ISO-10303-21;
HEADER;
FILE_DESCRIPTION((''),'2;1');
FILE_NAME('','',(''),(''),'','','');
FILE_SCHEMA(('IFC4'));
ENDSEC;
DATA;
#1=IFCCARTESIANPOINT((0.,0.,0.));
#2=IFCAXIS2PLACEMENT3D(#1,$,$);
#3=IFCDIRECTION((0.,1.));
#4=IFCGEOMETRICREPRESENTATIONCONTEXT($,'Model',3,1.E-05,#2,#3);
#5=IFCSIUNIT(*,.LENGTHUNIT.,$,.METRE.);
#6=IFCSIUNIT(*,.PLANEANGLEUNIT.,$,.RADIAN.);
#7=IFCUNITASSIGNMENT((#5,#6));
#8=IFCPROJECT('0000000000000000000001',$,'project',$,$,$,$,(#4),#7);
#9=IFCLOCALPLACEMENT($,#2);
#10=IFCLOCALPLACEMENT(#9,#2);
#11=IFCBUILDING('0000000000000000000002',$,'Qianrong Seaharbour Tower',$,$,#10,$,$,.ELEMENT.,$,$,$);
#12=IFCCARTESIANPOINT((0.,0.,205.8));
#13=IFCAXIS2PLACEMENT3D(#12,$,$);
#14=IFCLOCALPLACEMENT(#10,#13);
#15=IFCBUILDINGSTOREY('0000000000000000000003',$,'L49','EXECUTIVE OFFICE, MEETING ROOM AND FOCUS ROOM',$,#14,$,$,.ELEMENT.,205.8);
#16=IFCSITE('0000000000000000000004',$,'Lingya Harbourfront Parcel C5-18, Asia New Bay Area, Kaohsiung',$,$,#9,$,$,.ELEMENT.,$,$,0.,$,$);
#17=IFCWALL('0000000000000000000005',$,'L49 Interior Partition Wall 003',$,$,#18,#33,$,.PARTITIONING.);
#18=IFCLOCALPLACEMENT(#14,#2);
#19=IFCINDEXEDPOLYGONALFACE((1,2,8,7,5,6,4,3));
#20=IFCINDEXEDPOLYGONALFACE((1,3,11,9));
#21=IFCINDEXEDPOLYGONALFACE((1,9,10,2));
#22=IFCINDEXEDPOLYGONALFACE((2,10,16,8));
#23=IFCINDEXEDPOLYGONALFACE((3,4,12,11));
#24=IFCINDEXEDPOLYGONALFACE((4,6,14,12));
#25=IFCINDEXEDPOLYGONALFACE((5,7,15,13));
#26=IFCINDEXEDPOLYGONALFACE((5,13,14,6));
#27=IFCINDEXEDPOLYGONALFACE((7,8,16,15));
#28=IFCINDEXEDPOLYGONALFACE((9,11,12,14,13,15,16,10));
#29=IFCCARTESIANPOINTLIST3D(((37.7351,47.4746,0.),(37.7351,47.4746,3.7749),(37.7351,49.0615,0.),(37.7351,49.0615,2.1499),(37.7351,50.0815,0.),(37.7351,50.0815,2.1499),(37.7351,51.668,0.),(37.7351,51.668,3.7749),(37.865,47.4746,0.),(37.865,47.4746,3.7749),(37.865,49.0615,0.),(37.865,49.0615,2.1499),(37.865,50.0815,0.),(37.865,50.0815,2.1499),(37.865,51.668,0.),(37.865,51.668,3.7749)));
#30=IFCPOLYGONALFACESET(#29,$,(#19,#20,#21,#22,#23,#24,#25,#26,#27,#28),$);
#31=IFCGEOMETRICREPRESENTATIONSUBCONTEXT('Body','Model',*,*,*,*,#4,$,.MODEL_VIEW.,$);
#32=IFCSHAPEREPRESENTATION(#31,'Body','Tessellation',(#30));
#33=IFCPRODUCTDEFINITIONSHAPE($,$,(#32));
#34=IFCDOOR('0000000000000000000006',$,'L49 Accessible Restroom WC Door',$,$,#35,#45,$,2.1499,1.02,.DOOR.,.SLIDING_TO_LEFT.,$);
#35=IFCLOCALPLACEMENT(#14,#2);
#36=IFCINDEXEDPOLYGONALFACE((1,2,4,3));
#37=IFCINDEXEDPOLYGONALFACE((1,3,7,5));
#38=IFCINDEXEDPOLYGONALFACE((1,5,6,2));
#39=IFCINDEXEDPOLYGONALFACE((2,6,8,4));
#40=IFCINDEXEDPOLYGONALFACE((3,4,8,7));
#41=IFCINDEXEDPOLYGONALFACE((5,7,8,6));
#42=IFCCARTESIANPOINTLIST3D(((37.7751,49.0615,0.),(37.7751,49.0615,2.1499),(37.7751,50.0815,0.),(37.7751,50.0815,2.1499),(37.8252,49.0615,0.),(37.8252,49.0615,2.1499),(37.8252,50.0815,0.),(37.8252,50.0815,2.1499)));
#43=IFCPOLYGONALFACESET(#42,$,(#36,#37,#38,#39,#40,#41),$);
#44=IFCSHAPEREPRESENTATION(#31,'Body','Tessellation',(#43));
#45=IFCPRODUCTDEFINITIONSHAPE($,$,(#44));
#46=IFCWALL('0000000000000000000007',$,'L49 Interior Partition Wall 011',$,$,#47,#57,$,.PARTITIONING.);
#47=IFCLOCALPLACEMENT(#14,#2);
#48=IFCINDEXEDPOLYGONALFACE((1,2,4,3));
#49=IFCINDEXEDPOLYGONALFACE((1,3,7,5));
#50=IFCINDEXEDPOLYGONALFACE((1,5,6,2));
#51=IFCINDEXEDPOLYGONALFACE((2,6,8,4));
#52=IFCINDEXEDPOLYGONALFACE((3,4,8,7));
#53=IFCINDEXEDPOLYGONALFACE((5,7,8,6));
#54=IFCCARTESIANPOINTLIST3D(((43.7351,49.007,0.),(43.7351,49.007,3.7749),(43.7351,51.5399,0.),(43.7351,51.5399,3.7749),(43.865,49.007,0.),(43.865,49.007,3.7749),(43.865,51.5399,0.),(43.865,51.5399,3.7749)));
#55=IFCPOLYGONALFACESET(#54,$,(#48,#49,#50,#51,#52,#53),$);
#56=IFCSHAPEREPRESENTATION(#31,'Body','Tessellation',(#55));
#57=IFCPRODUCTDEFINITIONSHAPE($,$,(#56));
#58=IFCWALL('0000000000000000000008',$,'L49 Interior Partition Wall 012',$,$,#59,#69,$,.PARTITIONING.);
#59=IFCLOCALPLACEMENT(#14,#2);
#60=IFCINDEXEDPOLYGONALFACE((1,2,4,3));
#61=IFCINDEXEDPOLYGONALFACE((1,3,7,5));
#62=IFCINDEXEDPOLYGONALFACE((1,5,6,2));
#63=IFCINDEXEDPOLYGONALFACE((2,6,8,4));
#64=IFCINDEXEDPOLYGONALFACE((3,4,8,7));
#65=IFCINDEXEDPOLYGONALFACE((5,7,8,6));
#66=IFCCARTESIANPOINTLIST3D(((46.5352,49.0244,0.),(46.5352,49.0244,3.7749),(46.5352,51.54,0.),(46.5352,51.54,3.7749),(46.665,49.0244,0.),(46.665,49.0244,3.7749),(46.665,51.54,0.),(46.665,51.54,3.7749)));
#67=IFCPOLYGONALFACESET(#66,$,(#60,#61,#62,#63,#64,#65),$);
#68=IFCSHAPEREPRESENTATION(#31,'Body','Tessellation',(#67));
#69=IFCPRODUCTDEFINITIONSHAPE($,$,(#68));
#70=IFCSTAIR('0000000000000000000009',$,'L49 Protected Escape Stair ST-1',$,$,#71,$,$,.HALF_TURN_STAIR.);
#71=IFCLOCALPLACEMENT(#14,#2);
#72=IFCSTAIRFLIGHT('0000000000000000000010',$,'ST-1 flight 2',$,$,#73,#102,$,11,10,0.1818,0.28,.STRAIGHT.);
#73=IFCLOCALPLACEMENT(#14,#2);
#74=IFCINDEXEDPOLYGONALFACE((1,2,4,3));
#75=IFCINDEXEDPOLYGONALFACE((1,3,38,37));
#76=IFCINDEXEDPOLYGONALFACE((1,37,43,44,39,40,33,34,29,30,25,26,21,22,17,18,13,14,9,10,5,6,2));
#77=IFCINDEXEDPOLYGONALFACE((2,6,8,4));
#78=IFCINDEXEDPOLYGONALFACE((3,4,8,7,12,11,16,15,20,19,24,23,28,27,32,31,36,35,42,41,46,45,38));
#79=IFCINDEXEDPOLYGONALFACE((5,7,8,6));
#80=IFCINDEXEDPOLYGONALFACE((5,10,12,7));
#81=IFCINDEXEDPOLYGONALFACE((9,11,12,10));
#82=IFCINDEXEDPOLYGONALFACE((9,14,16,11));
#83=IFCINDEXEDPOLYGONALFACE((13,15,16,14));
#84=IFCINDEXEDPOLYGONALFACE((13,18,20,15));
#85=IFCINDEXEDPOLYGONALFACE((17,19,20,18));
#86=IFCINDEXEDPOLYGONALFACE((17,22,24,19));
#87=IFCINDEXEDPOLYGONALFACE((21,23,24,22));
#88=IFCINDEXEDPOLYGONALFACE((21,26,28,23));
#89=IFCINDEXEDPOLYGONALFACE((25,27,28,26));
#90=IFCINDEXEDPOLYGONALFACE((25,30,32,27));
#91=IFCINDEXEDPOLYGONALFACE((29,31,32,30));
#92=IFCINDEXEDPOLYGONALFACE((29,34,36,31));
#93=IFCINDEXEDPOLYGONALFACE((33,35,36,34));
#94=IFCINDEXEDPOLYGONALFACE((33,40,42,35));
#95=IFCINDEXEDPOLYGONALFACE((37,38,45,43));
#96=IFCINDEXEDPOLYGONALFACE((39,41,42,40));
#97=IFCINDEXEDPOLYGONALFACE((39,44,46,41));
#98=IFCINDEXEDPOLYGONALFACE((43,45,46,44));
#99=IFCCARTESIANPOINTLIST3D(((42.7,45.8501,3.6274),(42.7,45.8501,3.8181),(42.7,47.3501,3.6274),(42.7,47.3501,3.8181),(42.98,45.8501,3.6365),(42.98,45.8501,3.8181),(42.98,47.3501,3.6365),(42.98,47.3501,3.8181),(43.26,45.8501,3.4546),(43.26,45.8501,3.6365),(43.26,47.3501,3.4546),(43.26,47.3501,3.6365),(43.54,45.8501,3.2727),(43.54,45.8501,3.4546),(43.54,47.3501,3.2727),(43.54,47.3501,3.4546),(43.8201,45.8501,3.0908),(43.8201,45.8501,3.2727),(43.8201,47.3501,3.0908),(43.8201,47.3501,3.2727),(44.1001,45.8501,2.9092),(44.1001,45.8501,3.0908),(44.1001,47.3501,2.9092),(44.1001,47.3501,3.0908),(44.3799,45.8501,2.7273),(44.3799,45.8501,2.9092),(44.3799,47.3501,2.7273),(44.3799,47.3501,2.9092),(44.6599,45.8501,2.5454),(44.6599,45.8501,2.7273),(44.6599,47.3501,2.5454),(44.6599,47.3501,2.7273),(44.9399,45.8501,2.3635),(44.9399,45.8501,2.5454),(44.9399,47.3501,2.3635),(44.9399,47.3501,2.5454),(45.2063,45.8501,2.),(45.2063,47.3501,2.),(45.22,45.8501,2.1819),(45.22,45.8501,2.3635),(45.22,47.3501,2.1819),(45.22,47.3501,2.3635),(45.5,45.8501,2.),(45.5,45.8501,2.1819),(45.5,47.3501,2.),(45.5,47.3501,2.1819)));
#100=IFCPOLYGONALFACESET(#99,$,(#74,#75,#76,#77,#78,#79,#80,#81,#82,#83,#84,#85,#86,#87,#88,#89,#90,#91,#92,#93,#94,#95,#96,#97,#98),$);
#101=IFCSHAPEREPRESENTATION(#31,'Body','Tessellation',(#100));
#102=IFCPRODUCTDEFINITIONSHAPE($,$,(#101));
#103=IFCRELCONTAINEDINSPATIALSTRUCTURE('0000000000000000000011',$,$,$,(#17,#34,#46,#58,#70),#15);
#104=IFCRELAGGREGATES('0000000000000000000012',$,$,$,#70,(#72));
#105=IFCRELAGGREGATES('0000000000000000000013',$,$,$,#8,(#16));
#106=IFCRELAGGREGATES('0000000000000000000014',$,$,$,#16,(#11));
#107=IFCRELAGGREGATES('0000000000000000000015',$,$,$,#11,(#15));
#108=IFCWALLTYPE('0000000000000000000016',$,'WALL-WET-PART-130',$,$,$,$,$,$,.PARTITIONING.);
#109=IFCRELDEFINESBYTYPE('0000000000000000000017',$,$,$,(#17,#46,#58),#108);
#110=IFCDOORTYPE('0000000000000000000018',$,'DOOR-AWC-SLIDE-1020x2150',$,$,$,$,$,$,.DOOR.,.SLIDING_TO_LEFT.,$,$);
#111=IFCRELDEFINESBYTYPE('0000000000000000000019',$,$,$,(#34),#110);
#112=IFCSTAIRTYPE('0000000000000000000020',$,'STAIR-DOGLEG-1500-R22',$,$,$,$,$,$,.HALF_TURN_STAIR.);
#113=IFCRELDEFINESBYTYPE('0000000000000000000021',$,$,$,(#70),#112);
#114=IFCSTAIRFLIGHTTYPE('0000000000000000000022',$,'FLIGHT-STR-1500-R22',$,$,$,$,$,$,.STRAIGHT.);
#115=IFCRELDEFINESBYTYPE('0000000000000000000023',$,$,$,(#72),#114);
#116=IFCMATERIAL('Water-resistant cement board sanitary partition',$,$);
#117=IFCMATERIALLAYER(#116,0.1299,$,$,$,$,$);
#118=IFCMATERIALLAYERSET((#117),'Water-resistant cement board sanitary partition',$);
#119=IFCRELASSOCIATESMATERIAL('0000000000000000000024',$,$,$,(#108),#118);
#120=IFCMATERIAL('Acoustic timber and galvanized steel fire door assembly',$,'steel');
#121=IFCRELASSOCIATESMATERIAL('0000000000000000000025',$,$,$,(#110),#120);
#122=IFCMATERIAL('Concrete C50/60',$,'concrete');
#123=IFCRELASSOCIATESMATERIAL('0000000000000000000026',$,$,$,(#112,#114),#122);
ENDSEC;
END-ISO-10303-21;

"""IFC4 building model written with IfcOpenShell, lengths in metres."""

from ifc_helpers import new_model, si_unit, direction, frame, frame_2d, origin, place, context, subcontext, project, spatial, polyline, rectangle, outline, extrude, material, layer, layer_set, type_object, element, fill, aggregate, save


model = new_model("IFC4")

# Units and contexts
model_context = context("Model", 3, precision=1e-05, world=origin(), true_north=direction((0.0, 1.0)))
body_context = subcontext(model_context, "Body", "Model", "MODEL_VIEW")
ifc_project = project(units=[si_unit("LENGTHUNIT", "METRE"), si_unit("PLANEANGLEUNIT", "RADIAN")], contexts=[model_context])

# Site, building, storey
site_placement = place(None, origin())
site = spatial("IfcSite", under=ifc_project, at=site_placement, Name="Lingya Harbourfront Parcel C5-18, Asia New Bay Area, Kaohsiung", CompositionType="ELEMENT", RefElevation=0.0)
building_placement = place(site_placement, origin())
building = spatial("IfcBuilding", under=site, at=building_placement, Name="Qianrong Seaharbour Tower", CompositionType="ELEMENT")
storey_placement = place(building_placement, frame((0.0, 0.0, 205.8)))
storey = spatial("IfcBuildingStorey", under=building, at=storey_placement, Name="L49", Description="EXECUTIVE OFFICE, MEETING ROOM AND FOCUS ROOM", CompositionType="ELEMENT", Elevation=205.8)

# Shared definitions
ifc_material_1 = material(Name="Acoustic timber and galvanized steel fire door assembly", Category="steel")

# Shared definitions
ifc_material_2 = material(Name="Concrete C50/60", Category="concrete")

# Wall, opening, door
ifc_material_3 = material(Name="Water-resistant cement board sanitary partition")
ifc_layer_1 = layer(ifc_material_3, 0.1299)
ifc_layer_set_1 = layer_set([ifc_layer_1], Name="Water-resistant cement board sanitary partition")
wall_type_1 = type_object("IfcWallType", Name="WALL-WET-PART-130", PredefinedType="PARTITIONING", material=ifc_layer_set_1)
wall_1_placement = place(storey_placement, frame((37.8, 47.4746, 0.0), z_axis=(0.0, 0.0, 1.0), x_axis=(0.0, 1.0, 0.0)))
wall_1 = element("IfcWall", 1, at=wall_1_placement, inside=storey, type_object=wall_type_1, Name="L49 Interior Partition Wall 003", PredefinedType="PARTITIONING", context=body_context, shape_type="SweptSolid", body=[
    extrude(rectangle(XDim=4.1934, YDim=0.1299, at=frame_2d((2.0967, 0.0))), origin(), (0.0, 0.0, 1.0), 3.7749),
])
opening_1_placement = place(wall_1_placement, frame((1.5869, 0.0, 0.0)))
opening_1 = element("IfcOpeningElement", 2, at=opening_1_placement, cuts=wall_1, PredefinedType="OPENING", context=body_context, shape_type="SweptSolid", body=[
    extrude(rectangle(XDim=1.02, YDim=2.1499, at=frame_2d((0.51, 1.075))), frame((0.0, 0.075, 0.0), z_axis=(0.0, -1.0, 0.0), x_axis=(1.0, 0.0, 0.0)), (0.0, 0.0, 1.0), 0.1499),
])
door_type_1 = type_object("IfcDoorType", Name="DOOR-AWC-SLIDE-1020x2150", OperationType="SLIDING_TO_LEFT", PredefinedType="DOOR", material=ifc_material_1)
door_1_placement = place(opening_1_placement, origin())
door_1 = element("IfcDoor", 3, at=door_1_placement, inside=storey, type_object=door_type_1, Name="L49 Accessible Restroom WC Door", OperationType="SLIDING_TO_LEFT", OverallHeight=2.1499, OverallWidth=1.02, PredefinedType="DOOR", context=body_context, shape_type="SweptSolid", body=[
    extrude(rectangle(XDim=1.02, YDim=2.1499, at=frame_2d((0.51, 1.075))), frame((0.0, 0.0249, 0.0), z_axis=(0.0, -1.0, 0.0), x_axis=(1.0, 0.0, 0.0)), (0.0, 0.0, 1.0), 0.05),
])
fill(opening_1, door_1)

# Walls
wall_2_placement = place(storey_placement, frame((43.8, 51.54, 0.0), z_axis=(0.0, 0.0, 1.0), x_axis=(0.0, -1.0, 0.0)))
element("IfcWall", 4, at=wall_2_placement, inside=storey, type_object=wall_type_1, Name="L49 Interior Partition Wall 011", PredefinedType="PARTITIONING", context=body_context, shape_type="SweptSolid", body=[
    extrude(rectangle(XDim=2.533, YDim=0.1299, at=frame_2d((1.2666, 0.0))), origin(), (0.0, 0.0, 1.0), 3.7749),
])
wall_3_placement = place(storey_placement, frame((46.6001, 51.54, 0.0), z_axis=(0.0, 0.0, 1.0), x_axis=(0.0, -1.0, 0.0)))
element("IfcWall", 5, at=wall_3_placement, inside=storey, type_object=wall_type_1, Name="L49 Interior Partition Wall 012", PredefinedType="PARTITIONING", context=body_context, shape_type="SweptSolid", body=[
    extrude(rectangle(XDim=2.5156, YDim=0.1299, at=frame_2d((1.2578, 0.0))), origin(), (0.0, 0.0, 1.0), 3.7749),
])

# Stair, stair flight
stair_type = type_object("IfcStairType", Name="STAIR-DOGLEG-1500-R22", PredefinedType="HALF_TURN_STAIR", material=ifc_material_2)
stair_placement = place(storey_placement, origin())
stair = element("IfcStair", 6, at=stair_placement, inside=storey, type_object=stair_type, Name="L49 Protected Escape Stair ST-1", PredefinedType="HALF_TURN_STAIR")
stair_flight_type = type_object("IfcStairFlightType", Name="FLIGHT-STR-1500-R22", PredefinedType="STRAIGHT", material=ifc_material_2)
stair_flight_placement = place(storey_placement, frame((45.5, 46.6001, 2.0), z_axis=(0.0, 0.0, 1.0), x_axis=(-1.0, 0.0, 0.0)))
stair_flight = element("IfcStairFlight", 7, at=stair_flight_placement, type_object=stair_flight_type, Name="ST-1 flight 2", NumberOfRisers=11, NumberOfTreads=10, PredefinedType="STRAIGHT", RiserHeight=0.1818, TreadLength=0.28, context=body_context, shape_type="SweptSolid", body=[
    extrude(outline(polyline([(0.0, 0.0), (0.0, 0.1819), (0.28, 0.1819), (0.28, 0.3635), (0.5601, 0.3635), (0.5601, 0.5454), (0.8401, 0.5454), (0.8401, 0.7273), (1.1201, 0.7273), (1.1201, 0.9092), (1.3999, 0.9092), (1.3999, 1.0908), (1.6799, 1.0908), (1.6799, 1.2727), (1.96, 1.2727), (1.96, 1.4546), (2.24, 1.4546), (2.24, 1.6365), (2.52, 1.6365), (2.52, 1.8181), (2.8, 1.8181), (2.8, 2.0), (2.8, 1.6274), (0.2937, 0.0), (0.0, 0.0)])), frame((0.0, 0.75, 0.0), z_axis=(0.0, -1.0, 0.0), x_axis=(1.0, 0.0, 0.0)), (0.0, 0.0, 1.0), 1.5),
])
aggregate(stair, [stair_flight])

save(model, "model.ifc")
